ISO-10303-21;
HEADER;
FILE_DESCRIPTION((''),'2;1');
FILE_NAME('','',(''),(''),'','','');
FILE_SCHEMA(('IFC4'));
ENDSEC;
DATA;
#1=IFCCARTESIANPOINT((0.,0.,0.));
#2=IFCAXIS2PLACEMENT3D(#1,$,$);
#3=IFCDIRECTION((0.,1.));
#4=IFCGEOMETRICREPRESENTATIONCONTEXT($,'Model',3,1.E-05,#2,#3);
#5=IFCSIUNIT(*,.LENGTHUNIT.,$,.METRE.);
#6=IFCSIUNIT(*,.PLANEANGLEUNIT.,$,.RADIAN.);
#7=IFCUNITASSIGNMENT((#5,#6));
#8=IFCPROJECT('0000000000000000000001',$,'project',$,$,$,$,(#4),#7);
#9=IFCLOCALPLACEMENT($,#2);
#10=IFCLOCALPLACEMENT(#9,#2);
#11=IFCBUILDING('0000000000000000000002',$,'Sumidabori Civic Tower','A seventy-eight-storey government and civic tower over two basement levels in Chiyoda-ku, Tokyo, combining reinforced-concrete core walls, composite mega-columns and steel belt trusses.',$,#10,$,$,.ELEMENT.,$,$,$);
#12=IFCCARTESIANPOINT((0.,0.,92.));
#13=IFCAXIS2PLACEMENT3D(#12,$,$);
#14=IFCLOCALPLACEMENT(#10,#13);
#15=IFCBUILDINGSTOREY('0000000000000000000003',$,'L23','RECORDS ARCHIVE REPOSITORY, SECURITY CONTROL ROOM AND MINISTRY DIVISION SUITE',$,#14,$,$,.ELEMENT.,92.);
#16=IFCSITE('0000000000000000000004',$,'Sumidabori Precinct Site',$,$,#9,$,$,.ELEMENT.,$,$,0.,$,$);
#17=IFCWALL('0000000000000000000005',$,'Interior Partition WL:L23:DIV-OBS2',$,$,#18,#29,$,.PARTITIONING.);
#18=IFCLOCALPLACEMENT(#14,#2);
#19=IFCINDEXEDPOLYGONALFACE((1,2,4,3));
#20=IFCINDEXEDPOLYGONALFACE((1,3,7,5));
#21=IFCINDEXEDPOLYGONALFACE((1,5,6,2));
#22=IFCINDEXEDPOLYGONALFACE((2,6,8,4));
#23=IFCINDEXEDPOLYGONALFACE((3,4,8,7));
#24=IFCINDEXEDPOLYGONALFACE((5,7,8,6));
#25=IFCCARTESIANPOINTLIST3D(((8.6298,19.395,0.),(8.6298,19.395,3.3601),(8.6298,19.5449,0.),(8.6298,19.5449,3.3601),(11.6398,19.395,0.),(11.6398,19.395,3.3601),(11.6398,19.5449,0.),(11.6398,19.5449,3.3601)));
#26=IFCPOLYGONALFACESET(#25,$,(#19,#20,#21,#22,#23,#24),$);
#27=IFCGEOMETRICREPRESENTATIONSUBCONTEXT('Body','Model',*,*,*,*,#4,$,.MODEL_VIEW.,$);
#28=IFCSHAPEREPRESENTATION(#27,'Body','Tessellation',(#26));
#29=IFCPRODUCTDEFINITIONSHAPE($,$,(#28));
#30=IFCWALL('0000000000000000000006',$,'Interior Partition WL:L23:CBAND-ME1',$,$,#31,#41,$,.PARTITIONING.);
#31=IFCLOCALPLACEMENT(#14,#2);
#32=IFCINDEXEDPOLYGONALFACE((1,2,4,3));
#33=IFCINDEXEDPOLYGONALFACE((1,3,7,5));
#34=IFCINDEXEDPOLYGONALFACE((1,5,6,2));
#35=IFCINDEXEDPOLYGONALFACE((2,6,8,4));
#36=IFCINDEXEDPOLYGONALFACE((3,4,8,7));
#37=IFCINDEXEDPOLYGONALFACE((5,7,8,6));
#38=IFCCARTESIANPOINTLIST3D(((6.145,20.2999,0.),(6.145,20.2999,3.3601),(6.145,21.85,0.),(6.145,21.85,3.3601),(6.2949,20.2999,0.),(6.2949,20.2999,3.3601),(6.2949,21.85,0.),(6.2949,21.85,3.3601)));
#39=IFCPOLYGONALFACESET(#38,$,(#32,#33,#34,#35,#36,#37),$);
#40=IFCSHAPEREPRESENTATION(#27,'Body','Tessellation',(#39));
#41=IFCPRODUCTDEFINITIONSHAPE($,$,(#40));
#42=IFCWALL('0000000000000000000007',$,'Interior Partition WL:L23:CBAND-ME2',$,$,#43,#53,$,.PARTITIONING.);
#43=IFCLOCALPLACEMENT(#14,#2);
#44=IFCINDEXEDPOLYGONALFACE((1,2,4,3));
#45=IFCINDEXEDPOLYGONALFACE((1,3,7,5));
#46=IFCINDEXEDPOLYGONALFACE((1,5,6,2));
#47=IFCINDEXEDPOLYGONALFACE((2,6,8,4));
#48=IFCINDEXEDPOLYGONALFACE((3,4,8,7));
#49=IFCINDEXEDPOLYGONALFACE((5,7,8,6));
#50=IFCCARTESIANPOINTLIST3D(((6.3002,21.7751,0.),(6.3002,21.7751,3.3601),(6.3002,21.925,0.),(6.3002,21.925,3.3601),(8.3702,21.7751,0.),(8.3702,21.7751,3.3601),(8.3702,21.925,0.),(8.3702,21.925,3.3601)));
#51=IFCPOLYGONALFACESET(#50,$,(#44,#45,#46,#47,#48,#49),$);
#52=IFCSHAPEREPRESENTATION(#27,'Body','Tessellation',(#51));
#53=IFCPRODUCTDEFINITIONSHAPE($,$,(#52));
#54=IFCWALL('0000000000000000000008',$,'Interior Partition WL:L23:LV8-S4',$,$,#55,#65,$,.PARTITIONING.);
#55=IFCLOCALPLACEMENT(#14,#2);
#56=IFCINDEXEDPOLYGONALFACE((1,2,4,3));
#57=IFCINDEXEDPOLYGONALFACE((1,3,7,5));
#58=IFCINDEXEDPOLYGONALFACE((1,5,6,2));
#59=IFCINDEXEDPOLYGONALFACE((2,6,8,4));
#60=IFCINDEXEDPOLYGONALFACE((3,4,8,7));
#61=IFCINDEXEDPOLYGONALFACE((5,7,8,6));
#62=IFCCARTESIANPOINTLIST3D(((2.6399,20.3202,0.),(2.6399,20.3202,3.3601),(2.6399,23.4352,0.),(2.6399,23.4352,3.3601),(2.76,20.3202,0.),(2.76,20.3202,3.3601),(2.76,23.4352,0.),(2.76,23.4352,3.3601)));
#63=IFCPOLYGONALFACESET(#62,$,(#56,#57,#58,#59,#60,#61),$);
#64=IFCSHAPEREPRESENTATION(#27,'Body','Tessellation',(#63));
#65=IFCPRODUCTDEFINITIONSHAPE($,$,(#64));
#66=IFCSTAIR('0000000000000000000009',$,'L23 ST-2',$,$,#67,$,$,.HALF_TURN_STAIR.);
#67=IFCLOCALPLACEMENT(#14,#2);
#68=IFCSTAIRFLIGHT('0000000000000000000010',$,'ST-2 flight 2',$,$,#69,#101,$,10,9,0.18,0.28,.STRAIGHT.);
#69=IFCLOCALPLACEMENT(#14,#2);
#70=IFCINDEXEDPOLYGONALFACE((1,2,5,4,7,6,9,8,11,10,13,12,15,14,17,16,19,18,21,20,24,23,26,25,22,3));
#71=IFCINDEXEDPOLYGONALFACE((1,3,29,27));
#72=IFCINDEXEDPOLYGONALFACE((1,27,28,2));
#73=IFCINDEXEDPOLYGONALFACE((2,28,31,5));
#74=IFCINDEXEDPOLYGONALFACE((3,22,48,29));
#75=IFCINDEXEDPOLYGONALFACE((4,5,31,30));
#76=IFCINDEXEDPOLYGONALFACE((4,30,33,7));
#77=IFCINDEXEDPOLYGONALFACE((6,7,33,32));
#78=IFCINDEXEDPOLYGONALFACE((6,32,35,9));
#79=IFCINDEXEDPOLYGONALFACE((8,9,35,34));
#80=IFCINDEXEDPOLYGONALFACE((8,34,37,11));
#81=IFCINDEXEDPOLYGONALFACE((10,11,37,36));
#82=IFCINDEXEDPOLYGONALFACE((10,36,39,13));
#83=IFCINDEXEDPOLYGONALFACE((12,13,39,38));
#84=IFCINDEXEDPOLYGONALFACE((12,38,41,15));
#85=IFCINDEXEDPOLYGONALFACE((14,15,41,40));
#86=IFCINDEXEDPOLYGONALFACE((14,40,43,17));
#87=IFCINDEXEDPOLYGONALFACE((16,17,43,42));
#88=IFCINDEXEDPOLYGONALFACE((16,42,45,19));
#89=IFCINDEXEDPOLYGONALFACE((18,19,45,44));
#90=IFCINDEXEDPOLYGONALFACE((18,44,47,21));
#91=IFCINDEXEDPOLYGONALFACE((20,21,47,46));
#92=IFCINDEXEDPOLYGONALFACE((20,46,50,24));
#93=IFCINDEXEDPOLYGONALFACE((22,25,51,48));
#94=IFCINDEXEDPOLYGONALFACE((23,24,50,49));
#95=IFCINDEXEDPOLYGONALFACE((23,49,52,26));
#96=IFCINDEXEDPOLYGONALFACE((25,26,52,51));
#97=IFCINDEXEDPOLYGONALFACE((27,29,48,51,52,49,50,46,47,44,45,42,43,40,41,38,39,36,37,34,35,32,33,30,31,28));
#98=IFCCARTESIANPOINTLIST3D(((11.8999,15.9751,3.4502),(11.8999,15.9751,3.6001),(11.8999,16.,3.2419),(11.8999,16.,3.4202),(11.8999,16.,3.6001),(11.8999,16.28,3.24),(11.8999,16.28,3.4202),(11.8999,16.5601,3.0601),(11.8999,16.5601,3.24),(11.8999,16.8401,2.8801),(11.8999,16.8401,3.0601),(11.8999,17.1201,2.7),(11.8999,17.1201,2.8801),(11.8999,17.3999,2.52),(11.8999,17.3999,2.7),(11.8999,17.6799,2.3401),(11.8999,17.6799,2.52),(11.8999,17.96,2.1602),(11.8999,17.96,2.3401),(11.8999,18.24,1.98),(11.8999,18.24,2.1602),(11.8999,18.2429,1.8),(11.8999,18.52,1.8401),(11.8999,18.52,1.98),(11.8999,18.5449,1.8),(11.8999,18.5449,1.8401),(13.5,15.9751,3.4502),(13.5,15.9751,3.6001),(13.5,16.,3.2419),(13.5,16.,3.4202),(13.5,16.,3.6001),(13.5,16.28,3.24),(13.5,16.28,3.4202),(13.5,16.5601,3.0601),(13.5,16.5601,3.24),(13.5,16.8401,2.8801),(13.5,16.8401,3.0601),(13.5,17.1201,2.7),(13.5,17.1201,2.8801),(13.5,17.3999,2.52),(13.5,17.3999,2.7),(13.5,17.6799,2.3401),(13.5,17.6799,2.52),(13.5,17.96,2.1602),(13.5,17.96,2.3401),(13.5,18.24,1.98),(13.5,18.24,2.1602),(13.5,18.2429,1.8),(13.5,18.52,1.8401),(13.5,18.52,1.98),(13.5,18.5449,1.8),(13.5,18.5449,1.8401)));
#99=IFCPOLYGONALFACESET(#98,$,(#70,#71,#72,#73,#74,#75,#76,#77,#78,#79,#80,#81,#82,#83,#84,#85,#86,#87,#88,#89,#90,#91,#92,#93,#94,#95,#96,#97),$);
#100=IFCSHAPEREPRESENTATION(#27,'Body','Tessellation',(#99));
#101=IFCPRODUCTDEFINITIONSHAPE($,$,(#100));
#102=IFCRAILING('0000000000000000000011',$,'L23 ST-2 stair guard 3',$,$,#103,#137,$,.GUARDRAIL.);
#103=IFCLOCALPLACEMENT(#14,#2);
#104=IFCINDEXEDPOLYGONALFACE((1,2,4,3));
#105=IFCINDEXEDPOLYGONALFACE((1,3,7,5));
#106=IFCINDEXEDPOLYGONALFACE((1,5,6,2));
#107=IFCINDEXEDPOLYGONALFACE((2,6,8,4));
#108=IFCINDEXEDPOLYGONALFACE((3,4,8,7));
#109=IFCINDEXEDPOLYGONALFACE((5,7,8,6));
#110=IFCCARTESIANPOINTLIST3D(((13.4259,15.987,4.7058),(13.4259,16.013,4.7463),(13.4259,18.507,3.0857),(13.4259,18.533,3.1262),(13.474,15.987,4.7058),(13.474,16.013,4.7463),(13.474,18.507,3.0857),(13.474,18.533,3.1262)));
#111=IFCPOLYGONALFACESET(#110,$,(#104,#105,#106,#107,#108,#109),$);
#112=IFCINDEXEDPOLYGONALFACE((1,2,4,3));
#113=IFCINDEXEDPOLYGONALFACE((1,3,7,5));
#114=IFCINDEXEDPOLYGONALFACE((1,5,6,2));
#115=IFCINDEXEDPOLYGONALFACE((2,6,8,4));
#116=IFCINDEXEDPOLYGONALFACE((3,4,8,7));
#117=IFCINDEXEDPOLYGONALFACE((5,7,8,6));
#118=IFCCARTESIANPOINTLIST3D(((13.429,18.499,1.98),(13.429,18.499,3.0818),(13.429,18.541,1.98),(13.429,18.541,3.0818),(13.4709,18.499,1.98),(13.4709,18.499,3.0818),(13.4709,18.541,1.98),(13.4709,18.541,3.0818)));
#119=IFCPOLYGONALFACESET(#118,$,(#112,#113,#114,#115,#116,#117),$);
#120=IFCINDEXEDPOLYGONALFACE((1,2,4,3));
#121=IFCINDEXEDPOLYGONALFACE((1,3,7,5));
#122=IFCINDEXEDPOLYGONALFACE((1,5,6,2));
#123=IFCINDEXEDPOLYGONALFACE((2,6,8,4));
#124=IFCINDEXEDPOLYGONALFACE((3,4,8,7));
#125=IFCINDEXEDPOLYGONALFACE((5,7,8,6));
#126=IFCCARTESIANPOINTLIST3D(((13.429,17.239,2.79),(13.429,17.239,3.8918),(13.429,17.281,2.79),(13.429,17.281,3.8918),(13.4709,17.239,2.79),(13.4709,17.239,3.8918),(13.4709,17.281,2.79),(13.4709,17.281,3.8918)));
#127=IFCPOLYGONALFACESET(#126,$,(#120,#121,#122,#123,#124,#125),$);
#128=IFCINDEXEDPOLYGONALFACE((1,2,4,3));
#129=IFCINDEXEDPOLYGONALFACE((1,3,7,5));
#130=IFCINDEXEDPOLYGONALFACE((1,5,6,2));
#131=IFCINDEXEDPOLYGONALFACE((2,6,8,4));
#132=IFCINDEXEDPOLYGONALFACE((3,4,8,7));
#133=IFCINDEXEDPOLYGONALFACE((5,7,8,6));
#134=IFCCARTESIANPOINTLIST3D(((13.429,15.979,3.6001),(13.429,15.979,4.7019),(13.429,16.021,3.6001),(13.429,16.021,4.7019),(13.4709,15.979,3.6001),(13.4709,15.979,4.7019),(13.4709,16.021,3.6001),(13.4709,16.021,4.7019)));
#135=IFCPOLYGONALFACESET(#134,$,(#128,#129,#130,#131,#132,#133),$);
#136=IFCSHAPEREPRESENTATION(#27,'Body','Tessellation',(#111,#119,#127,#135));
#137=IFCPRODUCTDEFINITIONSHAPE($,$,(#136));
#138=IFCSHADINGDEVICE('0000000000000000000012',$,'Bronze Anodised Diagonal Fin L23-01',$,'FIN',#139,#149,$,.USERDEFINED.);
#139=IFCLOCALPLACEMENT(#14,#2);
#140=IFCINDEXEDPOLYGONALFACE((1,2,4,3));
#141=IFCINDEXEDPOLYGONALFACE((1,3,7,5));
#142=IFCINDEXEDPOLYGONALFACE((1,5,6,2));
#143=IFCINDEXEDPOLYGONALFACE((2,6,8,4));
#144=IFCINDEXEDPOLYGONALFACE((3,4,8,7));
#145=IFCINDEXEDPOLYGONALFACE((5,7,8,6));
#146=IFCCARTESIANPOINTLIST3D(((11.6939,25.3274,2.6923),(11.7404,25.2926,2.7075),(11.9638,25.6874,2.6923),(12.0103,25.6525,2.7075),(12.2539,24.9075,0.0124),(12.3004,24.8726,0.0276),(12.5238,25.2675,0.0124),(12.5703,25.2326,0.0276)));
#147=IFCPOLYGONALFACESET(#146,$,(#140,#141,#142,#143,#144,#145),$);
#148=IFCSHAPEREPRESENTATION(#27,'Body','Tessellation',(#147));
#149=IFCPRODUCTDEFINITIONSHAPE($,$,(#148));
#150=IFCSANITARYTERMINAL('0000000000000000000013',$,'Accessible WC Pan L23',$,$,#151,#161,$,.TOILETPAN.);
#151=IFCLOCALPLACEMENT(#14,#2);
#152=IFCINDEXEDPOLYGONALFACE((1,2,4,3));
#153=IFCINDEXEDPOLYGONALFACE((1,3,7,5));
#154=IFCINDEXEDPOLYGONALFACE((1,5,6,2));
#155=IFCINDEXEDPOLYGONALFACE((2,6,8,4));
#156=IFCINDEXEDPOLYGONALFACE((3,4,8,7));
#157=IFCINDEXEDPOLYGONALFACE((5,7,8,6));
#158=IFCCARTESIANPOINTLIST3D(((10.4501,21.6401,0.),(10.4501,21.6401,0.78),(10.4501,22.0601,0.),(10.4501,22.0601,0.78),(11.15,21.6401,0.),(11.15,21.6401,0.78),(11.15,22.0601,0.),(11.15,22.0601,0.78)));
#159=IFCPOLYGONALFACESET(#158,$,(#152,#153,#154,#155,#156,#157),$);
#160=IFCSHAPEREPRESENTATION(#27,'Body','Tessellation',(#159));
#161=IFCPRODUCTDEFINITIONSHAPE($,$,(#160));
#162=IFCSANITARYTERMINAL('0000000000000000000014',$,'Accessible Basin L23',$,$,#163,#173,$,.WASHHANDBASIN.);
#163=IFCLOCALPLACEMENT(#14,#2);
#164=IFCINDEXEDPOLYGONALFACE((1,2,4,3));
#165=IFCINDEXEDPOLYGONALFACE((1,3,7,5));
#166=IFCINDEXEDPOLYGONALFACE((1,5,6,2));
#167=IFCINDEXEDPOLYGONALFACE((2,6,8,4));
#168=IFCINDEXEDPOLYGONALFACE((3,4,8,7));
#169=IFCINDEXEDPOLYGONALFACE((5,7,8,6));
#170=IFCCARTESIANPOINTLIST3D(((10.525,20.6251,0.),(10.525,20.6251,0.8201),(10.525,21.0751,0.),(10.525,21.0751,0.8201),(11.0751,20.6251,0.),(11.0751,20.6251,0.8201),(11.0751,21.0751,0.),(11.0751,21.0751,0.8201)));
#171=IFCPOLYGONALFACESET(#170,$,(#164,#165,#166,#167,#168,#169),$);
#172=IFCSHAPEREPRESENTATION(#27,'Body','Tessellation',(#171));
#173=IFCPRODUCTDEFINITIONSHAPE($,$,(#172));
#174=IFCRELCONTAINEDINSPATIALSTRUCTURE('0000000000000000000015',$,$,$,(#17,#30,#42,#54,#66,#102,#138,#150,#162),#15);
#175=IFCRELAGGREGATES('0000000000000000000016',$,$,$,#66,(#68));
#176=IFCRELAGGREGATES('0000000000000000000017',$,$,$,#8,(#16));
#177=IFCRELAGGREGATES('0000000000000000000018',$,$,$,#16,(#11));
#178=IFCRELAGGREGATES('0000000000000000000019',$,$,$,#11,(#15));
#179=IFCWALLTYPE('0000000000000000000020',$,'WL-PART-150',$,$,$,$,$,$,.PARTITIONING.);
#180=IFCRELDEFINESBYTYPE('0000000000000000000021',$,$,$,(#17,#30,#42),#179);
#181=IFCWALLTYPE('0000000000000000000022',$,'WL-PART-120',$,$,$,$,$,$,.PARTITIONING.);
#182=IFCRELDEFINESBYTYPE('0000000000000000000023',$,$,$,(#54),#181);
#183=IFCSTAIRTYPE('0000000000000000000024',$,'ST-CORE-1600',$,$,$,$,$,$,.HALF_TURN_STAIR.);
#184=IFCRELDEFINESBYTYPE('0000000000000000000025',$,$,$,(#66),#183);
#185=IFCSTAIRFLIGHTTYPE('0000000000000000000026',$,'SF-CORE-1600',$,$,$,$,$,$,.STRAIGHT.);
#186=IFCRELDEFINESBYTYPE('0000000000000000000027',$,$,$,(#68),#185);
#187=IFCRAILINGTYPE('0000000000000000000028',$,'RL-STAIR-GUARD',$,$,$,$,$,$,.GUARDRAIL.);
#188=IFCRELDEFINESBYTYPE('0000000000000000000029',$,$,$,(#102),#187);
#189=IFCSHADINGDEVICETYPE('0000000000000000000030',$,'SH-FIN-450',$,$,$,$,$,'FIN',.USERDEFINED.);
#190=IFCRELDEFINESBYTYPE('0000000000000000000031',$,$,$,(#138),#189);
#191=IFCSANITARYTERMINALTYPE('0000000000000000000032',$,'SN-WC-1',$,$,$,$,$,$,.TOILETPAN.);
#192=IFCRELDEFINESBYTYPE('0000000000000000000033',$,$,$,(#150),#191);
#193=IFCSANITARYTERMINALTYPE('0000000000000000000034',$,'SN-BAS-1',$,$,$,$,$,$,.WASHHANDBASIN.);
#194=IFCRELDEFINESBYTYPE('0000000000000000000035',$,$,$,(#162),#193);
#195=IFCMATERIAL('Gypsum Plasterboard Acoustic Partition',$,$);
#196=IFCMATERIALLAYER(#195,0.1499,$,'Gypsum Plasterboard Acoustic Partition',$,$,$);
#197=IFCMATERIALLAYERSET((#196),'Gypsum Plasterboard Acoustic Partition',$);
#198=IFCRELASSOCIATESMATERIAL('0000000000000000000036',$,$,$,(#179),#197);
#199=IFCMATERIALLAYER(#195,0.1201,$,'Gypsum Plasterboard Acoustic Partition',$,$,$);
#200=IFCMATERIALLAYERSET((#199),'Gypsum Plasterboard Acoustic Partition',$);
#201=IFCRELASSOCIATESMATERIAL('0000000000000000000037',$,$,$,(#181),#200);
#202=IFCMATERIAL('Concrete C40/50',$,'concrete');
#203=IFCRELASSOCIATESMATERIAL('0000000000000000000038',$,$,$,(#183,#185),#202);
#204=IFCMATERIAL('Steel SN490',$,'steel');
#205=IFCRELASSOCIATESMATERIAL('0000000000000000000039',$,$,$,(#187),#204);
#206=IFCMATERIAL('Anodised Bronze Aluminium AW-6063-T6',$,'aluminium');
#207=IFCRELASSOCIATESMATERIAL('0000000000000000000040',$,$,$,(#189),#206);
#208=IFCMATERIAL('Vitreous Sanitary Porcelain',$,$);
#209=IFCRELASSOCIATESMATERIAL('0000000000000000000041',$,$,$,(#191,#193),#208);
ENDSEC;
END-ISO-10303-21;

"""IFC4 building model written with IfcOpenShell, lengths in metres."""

from ifc_helpers import new_model, si_unit, direction, frame, frame_2d, origin, origin_2d, place, context, subcontext, project, spatial, polyline, rectangle, outline, extrude, source, transform, mapped, material, layer, layer_set, material_profile, profile_set, type_object, element, aggregate, save


model = new_model("IFC4")

# Units and contexts
model_context = context("Model", 3, precision=1e-05, world=origin(), true_north=direction((0.0, 1.0)))
body_context = subcontext(model_context, "Body", "Model", "MODEL_VIEW")
ifc_project = project(units=[si_unit("LENGTHUNIT", "METRE"), si_unit("PLANEANGLEUNIT", "RADIAN")], contexts=[model_context])

# Site, building, storey
site_placement = place(None, origin())
site = spatial("IfcSite", under=ifc_project, at=site_placement, Name="Sumidabori Precinct Site", CompositionType="ELEMENT", RefElevation=0.0)
building_placement = place(site_placement, origin())
building = spatial("IfcBuilding", under=site, at=building_placement, Name="Sumidabori Civic Tower", Description="A seventy-eight-storey government and civic tower over two basement levels in Chiyoda-ku, Tokyo, combining reinforced-concrete core walls, composite mega-columns and steel belt trusses.", CompositionType="ELEMENT")
storey_placement = place(building_placement, frame((0.0, 0.0, 92.0)))
storey = spatial("IfcBuildingStorey", under=building, at=storey_placement, Name="L23", Description="RECORDS ARCHIVE REPOSITORY, SECURITY CONTROL ROOM AND MINISTRY DIVISION SUITE", CompositionType="ELEMENT", Elevation=92.0)

# Shared definitions
ifc_material_1 = material(Name="Steel SN490", Category="steel")

# Shared definitions
ifc_material_2 = material(Name="Anodised Bronze Aluminium AW-6063-T6", Category="aluminium")

# Walls
ifc_material_3 = material(Name="Gypsum Plasterboard Acoustic Partition")
ifc_layer_1 = layer(ifc_material_3, 0.1499, Name="Gypsum Plasterboard Acoustic Partition")
ifc_layer_set_1 = layer_set([ifc_layer_1], Name="Gypsum Plasterboard Acoustic Partition")
wall_type_1 = type_object("IfcWallType", Name="WL-PART-150", PredefinedType="PARTITIONING", material=ifc_layer_set_1)
shared_shape_1 = source(origin(), body_context, "Body", "SweptSolid", [
    extrude(rectangle(XDim=3.01, YDim=0.1499, at=frame_2d((1.5049, 0.0))), origin(), (0.0, 0.0, 1.0), 3.3601),
])
wall_1_placement = place(storey_placement, frame((8.6299, 19.47, 0.0), z_axis=(0.0, 0.0, 1.0), x_axis=(1.0, 0.0, 0.0)))
element("IfcWall", 1, at=wall_1_placement, inside=storey, type_object=wall_type_1, Name="Interior Partition WL:L23:DIV-OBS2", PredefinedType="PARTITIONING", context=body_context, shape_type="MappedRepresentation", body=[
    mapped(shared_shape_1, transform((0.0, 0.0, 0.0), x_axis=(1.0, 0.0, 0.0), y_axis=(0.0, 1.0, 0.0), z_axis=(0.0, 0.0, 1.0), scale=1.0)),
])
shared_shape_2 = source(origin(), body_context, "Body", "SweptSolid", [
    extrude(rectangle(XDim=1.55, YDim=0.1499, at=frame_2d((0.7749, 0.0))), origin(), (0.0, 0.0, 1.0), 3.3601),
])
wall_2_placement = place(storey_placement, frame((6.22, 20.3, 0.0), z_axis=(0.0, 0.0, 1.0), x_axis=(0.0, 1.0, 0.0)))
element("IfcWall", 2, at=wall_2_placement, inside=storey, type_object=wall_type_1, Name="Interior Partition WL:L23:CBAND-ME1", PredefinedType="PARTITIONING", context=body_context, shape_type="MappedRepresentation", body=[
    mapped(shared_shape_2, transform((0.0, 0.0, 0.0), x_axis=(1.0, 0.0, 0.0), y_axis=(0.0, 1.0, 0.0), z_axis=(0.0, 0.0, 1.0), scale=1.0)),
])
shared_shape_3 = source(origin(), body_context, "Body", "SweptSolid", [
    extrude(rectangle(XDim=2.0701, YDim=0.1499, at=frame_2d((1.0352, 0.0))), origin(), (0.0, 0.0, 1.0), 3.3601),
])
wall_3_placement = place(storey_placement, frame((6.3, 21.8501, 0.0), z_axis=(0.0, 0.0, 1.0), x_axis=(1.0, 0.0, 0.0)))
element("IfcWall", 3, at=wall_3_placement, inside=storey, type_object=wall_type_1, Name="Interior Partition WL:L23:CBAND-ME2", PredefinedType="PARTITIONING", context=body_context, shape_type="MappedRepresentation", body=[
    mapped(shared_shape_3, transform((0.0, 0.0, 0.0), x_axis=(1.0, 0.0, 0.0), y_axis=(0.0, 1.0, 0.0), z_axis=(0.0, 0.0, 1.0), scale=1.0)),
])
ifc_layer_2 = layer(ifc_material_3, 0.1201, Name="Gypsum Plasterboard Acoustic Partition")
ifc_layer_set_2 = layer_set([ifc_layer_2], Name="Gypsum Plasterboard Acoustic Partition")
wall_type_2 = type_object("IfcWallType", Name="WL-PART-120", PredefinedType="PARTITIONING", material=ifc_layer_set_2)
shared_shape_4 = source(origin(), body_context, "Body", "SweptSolid", [
    extrude(rectangle(XDim=3.115, YDim=0.1201, at=frame_2d((1.5576, 0.0))), origin(), (0.0, 0.0, 1.0), 3.3601),
])
wall_4_placement = place(storey_placement, frame((2.7, 20.3201, 0.0), z_axis=(0.0, 0.0, 1.0), x_axis=(0.0, 1.0, 0.0)))
element("IfcWall", 4, at=wall_4_placement, inside=storey, type_object=wall_type_2, Name="Interior Partition WL:L23:LV8-S4", PredefinedType="PARTITIONING", context=body_context, shape_type="MappedRepresentation", body=[
    mapped(shared_shape_4, transform((0.0, 0.0, 0.0), x_axis=(1.0, 0.0, 0.0), y_axis=(0.0, 1.0, 0.0), z_axis=(0.0, 0.0, 1.0), scale=1.0)),
])

# Stair, stair flight
ifc_material_4 = material(Name="Concrete C40/50", Category="concrete")
stair_type = type_object("IfcStairType", Name="ST-CORE-1600", PredefinedType="HALF_TURN_STAIR", material=ifc_material_4)
stair_placement = place(storey_placement, origin())
stair = element("IfcStair", 5, at=stair_placement, inside=storey, type_object=stair_type, Name="L23 ST-2", PredefinedType="HALF_TURN_STAIR")
stair_flight_type = type_object("IfcStairFlightType", Name="SF-CORE-1600", PredefinedType="STRAIGHT", material=ifc_material_4)
shared_shape_5 = source(origin(), body_context, "Body", "SweptSolid", [
    extrude(outline(polyline([(-0.0249, 0.0), (-0.0249, 0.04), (0.0, 0.04), (0.0, 0.1799), (0.28, 0.1799), (0.28, 0.3601), (0.5601, 0.3601), (0.5601, 0.54), (0.8401, 0.54), (0.8401, 0.72), (1.1201, 0.72), (1.1201, 0.8999), (1.3999, 0.8999), (1.3999, 1.0801), (1.6799, 1.0801), (1.6799, 1.26), (1.96, 1.26), (1.96, 1.4399), (2.24, 1.4399), (2.24, 1.6201), (2.52, 1.6201), (2.52, 1.8), (2.5449, 1.8), (2.5449, 1.6501), (2.52, 1.4419), (0.2771, 0.0), (-0.0249, 0.0)])), frame((0.0, 0.8, 0.0), z_axis=(0.0, -1.0, 0.0), x_axis=(1.0, 0.0, 0.0)), (0.0, 0.0, 1.0), 1.6001),
])
stair_flight_placement = place(storey_placement, frame((12.7, 18.52, 1.8), z_axis=(0.0, 0.0, 1.0), x_axis=(0.0, -1.0, 0.0)))
stair_flight = element("IfcStairFlight", 6, at=stair_flight_placement, type_object=stair_flight_type, Name="ST-2 flight 2", NumberOfRisers=10, NumberOfTreads=9, PredefinedType="STRAIGHT", RiserHeight=0.18, TreadLength=0.28, context=body_context, shape_type="MappedRepresentation", body=[
    mapped(shared_shape_5, transform((0.0, 0.0, 0.0), x_axis=(1.0, 0.0, 0.0), y_axis=(0.0, 1.0, 0.0), z_axis=(0.0, 0.0, 1.0), scale=1.0)),
])
aggregate(stair, [stair_flight])

# Railing
railing_type = type_object("IfcRailingType", Name="RL-STAIR-GUARD", PredefinedType="GUARDRAIL", material=ifc_material_1)
railing_placement = place(storey_placement, frame((13.45, 18.52, 1.98)))
element("IfcRailing", 7, at=railing_placement, inside=storey, type_object=railing_type, Name="L23 ST-2 stair guard 3", PredefinedType="GUARDRAIL", context=body_context, shape_type="SweptSolid", body=[
    extrude(rectangle(XDim=0.0481, YDim=0.0481, at=origin_2d()), frame((0.0, 0.0, 1.126), z_axis=(0.0, -0.841163, 0.540782), x_axis=(1.0, 0.0, 0.0)), (0.0, 0.0, 1.0), 2.9958),
    extrude(rectangle(XDim=0.042, YDim=0.042, at=origin_2d()), origin(), (0.0, 0.0, 1.0), 1.1018),
    extrude(rectangle(XDim=0.042, YDim=0.042, at=origin_2d()), frame((0.0, -1.26, 0.8101)), (0.0, 0.0, 1.0), 1.1018),
    extrude(rectangle(XDim=0.042, YDim=0.042, at=origin_2d()), frame((0.0, -2.52, 1.6201)), (0.0, 0.0, 1.0), 1.1018),
])

# Shading device
ifc_material_profile_1 = material_profile(ifc_material_2, rectangle(XDim=0.0601, YDim=0.45, at=origin_2d()), Name="BRONZE FIN 450x60")
ifc_profile_set_1 = profile_set([ifc_material_profile_1], Name="Anodised Bronze Aluminium AW-6063-T6")
shading_device_type = type_object("IfcShadingDeviceType", Name="SH-FIN-450", ElementType="FIN", PredefinedType="USERDEFINED", material=ifc_profile_set_1)
shared_shape_6 = source(origin(), body_context, "Body", "SweptSolid", [
    extrude(rectangle(XDim=0.0601, YDim=0.45, at=origin_2d()), origin(), (0.0, 0.0, 1.0), 2.7698),
])
shading_device_placement = place(storey_placement, frame((12.4121, 25.0701, 0.02), z_axis=(-0.202199, 0.151605, 0.967539), x_axis=(0.774112, -0.580415, 0.252722)))
element("IfcShadingDevice", 8, at=shading_device_placement, inside=storey, type_object=shading_device_type, Name="Bronze Anodised Diagonal Fin L23-01", ObjectType="FIN", PredefinedType="USERDEFINED", context=body_context, shape_type="MappedRepresentation", body=[
    mapped(shared_shape_6, transform((0.0, 0.0, 0.0), x_axis=(1.0, 0.0, 0.0), y_axis=(0.0, 1.0, 0.0), z_axis=(0.0, 0.0, 1.0), scale=1.0)),
])

# Sanitary terminals
ifc_material_5 = material(Name="Vitreous Sanitary Porcelain")
sanitary_terminal_type_1 = type_object("IfcSanitaryTerminalType", Name="SN-WC-1", PredefinedType="TOILETPAN", material=ifc_material_5)
shared_shape_7 = source(origin(), body_context, "Body", "SweptSolid", [
    extrude(rectangle(XDim=0.7, YDim=0.4199, at=origin_2d()), origin(), (0.0, 0.0, 1.0), 0.78),
])
sanitary_terminal_1_placement = place(storey_placement, frame((10.8, 21.8501, 0.0), z_axis=(0.0, 0.0, 1.0), x_axis=(1.0, 0.0, 0.0)))
element("IfcSanitaryTerminal", 9, at=sanitary_terminal_1_placement, inside=storey, type_object=sanitary_terminal_type_1, Name="Accessible WC Pan L23", PredefinedType="TOILETPAN", context=body_context, shape_type="MappedRepresentation", body=[
    mapped(shared_shape_7, transform((0.0, 0.0, 0.0), x_axis=(1.0, 0.0, 0.0), y_axis=(0.0, 1.0, 0.0), z_axis=(0.0, 0.0, 1.0), scale=1.0)),
])
sanitary_terminal_type_2 = type_object("IfcSanitaryTerminalType", Name="SN-BAS-1", PredefinedType="WASHHANDBASIN", material=ifc_material_5)
shared_shape_8 = source(origin(), body_context, "Body", "SweptSolid", [
    extrude(rectangle(XDim=0.55, YDim=0.45, at=origin_2d()), origin(), (0.0, 0.0, 1.0), 0.8201),
])
sanitary_terminal_2_placement = place(storey_placement, frame((10.8, 20.8501, 0.0), z_axis=(0.0, 0.0, 1.0), x_axis=(1.0, 0.0, 0.0)))
element("IfcSanitaryTerminal", 10, at=sanitary_terminal_2_placement, inside=storey, type_object=sanitary_terminal_type_2, Name="Accessible Basin L23", PredefinedType="WASHHANDBASIN", context=body_context, shape_type="MappedRepresentation", body=[
    mapped(shared_shape_8, transform((0.0, 0.0, 0.0), x_axis=(1.0, 0.0, 0.0), y_axis=(0.0, 1.0, 0.0), z_axis=(0.0, 0.0, 1.0), scale=1.0)),
])

save(model, "model.ifc")
